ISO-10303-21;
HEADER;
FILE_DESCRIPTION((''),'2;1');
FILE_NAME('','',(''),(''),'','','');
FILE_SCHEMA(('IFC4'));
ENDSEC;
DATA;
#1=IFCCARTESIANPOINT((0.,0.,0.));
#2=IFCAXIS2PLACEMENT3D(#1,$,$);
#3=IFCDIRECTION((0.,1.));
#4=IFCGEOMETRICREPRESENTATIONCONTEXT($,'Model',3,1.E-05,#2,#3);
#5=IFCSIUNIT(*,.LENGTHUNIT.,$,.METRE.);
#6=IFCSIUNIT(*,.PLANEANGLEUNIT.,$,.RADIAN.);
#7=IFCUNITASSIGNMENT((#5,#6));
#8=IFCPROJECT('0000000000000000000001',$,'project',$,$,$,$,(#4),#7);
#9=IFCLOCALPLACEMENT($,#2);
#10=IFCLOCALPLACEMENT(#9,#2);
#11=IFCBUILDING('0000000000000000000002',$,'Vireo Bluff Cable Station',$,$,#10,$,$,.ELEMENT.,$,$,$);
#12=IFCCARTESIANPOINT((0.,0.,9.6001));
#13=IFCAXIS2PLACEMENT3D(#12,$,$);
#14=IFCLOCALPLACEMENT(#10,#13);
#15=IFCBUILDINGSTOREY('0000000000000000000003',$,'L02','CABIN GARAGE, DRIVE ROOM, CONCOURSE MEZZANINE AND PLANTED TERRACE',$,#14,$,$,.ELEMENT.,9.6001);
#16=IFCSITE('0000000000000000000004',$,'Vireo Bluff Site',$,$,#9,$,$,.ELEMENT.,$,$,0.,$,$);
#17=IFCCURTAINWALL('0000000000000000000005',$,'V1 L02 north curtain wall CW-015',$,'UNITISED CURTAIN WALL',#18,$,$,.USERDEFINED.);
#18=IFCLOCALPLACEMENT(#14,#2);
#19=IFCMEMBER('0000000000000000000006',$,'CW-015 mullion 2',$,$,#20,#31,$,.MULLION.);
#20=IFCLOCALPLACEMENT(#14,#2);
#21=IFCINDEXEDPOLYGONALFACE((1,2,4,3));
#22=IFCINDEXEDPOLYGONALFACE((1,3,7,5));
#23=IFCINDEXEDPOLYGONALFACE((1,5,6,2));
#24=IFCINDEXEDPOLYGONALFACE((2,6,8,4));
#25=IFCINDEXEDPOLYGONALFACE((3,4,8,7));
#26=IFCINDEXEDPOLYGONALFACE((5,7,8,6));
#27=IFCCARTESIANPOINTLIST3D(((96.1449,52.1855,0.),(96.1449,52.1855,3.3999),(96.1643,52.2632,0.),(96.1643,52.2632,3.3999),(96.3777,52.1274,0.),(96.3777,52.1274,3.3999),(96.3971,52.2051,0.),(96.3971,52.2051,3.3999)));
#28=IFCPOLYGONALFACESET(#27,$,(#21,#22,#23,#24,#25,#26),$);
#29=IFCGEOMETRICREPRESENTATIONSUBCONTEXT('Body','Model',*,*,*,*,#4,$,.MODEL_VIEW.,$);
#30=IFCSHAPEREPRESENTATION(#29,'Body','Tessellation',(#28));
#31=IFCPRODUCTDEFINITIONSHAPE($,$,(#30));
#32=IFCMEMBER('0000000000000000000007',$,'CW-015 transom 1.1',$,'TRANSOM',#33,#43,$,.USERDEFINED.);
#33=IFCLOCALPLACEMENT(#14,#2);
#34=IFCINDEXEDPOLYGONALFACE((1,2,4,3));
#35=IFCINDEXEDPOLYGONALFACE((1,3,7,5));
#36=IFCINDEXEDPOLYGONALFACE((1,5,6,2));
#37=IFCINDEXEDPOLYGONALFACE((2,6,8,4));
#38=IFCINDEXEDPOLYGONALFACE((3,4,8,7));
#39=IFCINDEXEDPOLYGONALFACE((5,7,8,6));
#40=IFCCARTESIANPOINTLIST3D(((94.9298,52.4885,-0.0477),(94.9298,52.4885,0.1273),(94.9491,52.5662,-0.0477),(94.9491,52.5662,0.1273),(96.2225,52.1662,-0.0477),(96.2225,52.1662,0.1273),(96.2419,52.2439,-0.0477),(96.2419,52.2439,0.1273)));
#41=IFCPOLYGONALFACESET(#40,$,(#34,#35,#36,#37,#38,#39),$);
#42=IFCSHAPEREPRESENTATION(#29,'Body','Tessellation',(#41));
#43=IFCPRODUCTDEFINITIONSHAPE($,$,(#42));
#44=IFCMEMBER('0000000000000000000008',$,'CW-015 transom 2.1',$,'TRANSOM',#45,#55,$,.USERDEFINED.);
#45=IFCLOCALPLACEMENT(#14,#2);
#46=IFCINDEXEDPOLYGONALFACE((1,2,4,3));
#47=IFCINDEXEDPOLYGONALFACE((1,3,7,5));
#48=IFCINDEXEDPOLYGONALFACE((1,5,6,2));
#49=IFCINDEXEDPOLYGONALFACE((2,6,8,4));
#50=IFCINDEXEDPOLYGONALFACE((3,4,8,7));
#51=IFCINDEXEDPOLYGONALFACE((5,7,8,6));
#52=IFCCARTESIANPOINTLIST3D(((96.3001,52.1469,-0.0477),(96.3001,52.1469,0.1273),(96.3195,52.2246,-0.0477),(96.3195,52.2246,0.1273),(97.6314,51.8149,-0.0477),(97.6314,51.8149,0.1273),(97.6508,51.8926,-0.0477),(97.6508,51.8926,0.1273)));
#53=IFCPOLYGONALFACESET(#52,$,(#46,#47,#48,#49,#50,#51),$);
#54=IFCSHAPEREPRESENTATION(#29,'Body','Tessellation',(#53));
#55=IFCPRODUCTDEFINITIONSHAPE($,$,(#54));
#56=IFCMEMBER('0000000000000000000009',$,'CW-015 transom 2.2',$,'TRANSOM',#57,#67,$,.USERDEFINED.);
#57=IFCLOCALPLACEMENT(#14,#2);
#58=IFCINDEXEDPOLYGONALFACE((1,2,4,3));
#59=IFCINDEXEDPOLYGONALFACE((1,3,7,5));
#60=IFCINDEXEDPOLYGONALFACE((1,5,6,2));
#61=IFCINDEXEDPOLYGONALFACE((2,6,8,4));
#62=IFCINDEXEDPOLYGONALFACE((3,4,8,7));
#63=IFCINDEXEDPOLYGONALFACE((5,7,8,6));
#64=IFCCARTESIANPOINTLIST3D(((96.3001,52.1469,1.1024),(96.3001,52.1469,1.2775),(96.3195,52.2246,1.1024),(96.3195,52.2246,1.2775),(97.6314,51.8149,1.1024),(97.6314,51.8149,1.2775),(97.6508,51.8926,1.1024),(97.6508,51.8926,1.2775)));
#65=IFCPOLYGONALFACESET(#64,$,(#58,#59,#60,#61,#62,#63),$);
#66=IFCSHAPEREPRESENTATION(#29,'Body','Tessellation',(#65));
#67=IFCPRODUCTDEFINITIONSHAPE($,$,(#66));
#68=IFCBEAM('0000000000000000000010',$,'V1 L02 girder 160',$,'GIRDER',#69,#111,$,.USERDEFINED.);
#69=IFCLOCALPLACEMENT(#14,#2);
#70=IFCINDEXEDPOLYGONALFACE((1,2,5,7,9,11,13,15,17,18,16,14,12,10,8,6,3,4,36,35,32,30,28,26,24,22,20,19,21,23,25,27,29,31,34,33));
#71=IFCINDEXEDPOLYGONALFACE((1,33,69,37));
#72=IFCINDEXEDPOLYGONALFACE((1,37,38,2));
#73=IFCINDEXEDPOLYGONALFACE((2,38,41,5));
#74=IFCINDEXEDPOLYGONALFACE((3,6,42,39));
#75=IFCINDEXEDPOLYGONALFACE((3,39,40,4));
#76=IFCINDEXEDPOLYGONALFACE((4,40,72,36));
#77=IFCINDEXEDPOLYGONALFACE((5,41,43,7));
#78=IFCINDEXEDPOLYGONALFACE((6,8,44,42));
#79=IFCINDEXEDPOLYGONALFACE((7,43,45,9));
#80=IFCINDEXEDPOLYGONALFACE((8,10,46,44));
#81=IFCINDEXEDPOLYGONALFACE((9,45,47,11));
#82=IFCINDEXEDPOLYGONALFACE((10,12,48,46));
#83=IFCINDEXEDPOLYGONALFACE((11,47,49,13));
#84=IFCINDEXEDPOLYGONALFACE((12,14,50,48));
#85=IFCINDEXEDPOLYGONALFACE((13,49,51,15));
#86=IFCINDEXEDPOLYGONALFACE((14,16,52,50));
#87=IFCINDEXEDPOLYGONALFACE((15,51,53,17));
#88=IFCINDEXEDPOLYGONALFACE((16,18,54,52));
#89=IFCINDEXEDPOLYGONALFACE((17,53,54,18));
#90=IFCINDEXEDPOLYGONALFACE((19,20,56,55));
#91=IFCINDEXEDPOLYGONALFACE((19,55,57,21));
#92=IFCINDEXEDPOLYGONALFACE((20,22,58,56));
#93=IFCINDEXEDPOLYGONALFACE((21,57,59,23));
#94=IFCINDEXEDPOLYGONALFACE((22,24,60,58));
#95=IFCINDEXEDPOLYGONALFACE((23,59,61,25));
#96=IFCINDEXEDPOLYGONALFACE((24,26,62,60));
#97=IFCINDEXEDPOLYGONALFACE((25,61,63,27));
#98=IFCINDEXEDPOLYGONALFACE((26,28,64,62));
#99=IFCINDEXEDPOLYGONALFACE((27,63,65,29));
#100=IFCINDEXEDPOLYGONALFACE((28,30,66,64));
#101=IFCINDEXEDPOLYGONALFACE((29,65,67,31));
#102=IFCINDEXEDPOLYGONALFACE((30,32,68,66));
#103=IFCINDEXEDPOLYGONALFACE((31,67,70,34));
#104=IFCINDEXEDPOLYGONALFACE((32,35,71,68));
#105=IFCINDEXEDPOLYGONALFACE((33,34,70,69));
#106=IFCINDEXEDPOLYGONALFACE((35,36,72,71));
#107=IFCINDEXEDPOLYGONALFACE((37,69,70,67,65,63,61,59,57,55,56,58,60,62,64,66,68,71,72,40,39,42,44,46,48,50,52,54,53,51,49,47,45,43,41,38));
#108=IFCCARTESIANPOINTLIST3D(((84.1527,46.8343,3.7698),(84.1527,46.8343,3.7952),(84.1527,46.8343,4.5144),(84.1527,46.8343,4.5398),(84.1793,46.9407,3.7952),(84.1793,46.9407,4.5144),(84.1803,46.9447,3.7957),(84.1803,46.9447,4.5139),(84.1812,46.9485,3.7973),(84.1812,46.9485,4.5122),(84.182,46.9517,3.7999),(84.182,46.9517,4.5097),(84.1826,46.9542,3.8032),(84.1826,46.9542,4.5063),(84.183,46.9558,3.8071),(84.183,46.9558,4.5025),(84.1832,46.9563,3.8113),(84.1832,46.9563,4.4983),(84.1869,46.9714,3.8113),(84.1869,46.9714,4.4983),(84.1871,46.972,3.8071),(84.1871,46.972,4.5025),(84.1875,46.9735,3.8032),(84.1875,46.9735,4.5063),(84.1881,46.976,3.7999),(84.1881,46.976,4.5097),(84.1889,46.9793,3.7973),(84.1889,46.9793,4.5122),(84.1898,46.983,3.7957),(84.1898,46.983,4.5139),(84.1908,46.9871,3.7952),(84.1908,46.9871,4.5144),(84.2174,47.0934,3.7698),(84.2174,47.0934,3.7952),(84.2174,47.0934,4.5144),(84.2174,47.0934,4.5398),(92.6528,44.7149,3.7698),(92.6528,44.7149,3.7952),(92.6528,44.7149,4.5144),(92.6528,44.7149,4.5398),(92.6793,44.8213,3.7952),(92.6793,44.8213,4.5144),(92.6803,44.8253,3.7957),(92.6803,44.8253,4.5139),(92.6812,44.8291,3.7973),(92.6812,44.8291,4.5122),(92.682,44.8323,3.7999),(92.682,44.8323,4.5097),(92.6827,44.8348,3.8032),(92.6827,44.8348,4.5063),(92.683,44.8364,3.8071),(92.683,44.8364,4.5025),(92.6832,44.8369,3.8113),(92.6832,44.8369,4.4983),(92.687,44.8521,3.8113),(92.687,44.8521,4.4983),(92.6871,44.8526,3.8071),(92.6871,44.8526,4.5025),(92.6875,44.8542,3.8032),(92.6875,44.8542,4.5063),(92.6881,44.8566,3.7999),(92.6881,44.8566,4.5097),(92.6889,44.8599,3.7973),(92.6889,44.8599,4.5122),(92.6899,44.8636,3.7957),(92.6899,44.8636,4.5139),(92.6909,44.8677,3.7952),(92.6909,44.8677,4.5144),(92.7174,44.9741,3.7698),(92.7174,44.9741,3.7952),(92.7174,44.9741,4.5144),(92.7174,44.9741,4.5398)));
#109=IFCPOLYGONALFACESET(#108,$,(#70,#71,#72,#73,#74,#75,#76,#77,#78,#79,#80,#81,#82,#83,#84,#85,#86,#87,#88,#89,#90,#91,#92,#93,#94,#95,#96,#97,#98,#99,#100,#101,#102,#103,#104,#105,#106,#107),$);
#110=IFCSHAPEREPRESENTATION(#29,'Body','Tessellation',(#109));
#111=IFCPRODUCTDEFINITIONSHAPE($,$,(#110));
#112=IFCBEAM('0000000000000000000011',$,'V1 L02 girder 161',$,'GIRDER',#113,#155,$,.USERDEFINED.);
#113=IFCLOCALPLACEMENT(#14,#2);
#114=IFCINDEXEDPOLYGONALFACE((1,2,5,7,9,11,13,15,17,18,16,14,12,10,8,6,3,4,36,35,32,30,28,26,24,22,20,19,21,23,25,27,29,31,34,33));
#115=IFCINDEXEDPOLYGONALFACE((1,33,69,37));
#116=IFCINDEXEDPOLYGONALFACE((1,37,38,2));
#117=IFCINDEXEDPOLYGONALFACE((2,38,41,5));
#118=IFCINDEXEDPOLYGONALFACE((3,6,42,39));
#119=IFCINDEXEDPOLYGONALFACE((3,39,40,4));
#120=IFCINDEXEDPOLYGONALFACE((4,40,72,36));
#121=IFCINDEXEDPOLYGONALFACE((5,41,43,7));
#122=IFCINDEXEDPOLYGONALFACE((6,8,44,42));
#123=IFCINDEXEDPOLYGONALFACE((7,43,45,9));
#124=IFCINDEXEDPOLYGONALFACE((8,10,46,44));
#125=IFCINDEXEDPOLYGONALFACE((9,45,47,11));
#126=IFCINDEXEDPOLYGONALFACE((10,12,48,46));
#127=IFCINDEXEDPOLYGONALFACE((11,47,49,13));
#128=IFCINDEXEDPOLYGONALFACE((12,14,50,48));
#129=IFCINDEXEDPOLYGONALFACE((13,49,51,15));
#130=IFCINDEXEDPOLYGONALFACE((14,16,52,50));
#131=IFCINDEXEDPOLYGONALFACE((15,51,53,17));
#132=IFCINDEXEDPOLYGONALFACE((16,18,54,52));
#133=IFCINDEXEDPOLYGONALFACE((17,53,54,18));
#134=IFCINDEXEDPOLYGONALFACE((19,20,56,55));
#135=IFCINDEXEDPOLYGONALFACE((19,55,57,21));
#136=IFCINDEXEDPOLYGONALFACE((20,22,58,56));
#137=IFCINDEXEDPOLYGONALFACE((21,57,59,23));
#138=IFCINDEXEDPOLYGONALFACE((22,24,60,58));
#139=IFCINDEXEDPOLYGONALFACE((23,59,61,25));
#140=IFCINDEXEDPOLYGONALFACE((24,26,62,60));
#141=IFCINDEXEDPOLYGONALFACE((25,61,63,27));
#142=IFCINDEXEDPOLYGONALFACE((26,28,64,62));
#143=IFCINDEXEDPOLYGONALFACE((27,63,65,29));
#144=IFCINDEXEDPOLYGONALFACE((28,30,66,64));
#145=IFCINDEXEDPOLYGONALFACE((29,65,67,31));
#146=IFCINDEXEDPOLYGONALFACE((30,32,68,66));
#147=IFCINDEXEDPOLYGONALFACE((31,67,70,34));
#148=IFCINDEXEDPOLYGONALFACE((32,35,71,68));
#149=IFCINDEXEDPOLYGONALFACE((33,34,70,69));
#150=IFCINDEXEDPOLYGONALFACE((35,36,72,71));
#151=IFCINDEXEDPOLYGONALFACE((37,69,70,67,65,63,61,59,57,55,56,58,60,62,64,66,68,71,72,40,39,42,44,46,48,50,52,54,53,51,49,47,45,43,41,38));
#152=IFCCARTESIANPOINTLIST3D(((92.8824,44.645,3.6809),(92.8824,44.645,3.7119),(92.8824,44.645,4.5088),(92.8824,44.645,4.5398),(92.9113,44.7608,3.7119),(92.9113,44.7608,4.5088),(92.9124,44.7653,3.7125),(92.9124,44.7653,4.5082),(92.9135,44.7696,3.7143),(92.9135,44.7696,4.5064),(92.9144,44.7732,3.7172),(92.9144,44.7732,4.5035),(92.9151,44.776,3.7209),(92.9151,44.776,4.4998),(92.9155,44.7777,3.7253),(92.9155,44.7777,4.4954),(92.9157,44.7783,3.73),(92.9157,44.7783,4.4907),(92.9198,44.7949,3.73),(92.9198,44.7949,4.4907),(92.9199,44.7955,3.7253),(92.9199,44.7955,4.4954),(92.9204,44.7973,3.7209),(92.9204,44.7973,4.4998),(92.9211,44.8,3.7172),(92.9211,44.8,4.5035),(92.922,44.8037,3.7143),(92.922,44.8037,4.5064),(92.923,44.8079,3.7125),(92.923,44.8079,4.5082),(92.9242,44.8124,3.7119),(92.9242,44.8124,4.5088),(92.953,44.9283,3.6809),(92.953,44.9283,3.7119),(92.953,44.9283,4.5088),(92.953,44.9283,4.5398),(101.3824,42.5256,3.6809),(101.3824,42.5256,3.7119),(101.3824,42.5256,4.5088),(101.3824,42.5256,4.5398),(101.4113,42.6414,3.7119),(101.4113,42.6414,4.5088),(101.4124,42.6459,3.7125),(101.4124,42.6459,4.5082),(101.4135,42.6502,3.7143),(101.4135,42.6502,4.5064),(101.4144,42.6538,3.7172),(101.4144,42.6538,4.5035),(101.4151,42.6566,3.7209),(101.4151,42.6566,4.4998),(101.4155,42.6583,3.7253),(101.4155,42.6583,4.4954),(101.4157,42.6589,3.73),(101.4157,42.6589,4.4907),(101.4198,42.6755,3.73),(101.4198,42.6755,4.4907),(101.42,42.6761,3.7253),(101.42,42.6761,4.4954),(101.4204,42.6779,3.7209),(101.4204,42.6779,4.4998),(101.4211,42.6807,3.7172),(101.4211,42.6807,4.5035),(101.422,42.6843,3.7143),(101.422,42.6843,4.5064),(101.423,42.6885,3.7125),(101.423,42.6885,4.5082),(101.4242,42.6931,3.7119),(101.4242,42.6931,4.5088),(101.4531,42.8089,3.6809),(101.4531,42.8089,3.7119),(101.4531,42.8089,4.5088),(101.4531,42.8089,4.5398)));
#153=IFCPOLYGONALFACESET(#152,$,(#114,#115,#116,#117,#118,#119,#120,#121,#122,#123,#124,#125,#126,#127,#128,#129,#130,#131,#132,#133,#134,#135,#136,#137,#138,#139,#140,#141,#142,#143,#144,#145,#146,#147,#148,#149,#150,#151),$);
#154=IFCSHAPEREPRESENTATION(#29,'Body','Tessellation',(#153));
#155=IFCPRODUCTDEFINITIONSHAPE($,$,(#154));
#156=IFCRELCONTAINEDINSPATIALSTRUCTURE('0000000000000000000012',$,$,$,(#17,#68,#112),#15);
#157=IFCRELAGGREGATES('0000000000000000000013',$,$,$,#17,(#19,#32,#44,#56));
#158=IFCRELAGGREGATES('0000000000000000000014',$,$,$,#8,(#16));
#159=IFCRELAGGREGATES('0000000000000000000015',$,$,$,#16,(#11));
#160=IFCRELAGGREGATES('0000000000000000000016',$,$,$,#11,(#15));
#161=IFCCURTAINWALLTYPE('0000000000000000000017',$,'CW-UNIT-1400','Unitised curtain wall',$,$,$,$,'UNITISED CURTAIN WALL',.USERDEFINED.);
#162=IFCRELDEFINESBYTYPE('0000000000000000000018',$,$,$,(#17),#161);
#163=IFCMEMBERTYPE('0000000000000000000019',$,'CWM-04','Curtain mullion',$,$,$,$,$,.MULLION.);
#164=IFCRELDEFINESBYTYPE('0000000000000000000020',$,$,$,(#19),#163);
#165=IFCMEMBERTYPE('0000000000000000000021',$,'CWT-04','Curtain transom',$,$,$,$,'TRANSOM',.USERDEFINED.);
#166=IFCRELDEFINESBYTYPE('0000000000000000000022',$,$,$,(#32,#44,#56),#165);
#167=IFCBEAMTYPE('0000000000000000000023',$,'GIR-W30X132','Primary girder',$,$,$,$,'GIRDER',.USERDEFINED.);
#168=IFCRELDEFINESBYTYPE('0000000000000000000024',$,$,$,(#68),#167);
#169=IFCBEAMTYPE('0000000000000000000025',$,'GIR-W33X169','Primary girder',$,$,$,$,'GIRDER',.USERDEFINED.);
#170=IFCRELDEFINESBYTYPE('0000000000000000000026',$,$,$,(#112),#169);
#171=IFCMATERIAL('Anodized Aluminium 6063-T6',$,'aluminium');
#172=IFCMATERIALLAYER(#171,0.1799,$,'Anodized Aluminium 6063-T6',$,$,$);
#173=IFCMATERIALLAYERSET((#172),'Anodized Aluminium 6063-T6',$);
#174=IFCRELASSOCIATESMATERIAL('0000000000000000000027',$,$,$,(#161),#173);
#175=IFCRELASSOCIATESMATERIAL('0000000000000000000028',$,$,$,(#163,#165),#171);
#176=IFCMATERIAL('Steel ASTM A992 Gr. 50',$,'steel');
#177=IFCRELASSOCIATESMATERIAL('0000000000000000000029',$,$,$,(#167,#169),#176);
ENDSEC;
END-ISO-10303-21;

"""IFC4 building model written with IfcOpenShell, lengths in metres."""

from ifc_helpers import new_model, si_unit, direction, frame, origin, origin_2d, place, context, subcontext, project, spatial, rectangle, i_section, extrude, material, layer, layer_set, material_profile, profile_set, type_object, element, aggregate, save


model = new_model("IFC4")

# Units and contexts
model_context = context("Model", 3, precision=1e-05, world=origin(), true_north=direction((0.0, 1.0)))
body_context = subcontext(model_context, "Body", "Model", "MODEL_VIEW")
ifc_project = project(units=[si_unit("LENGTHUNIT", "METRE"), si_unit("PLANEANGLEUNIT", "RADIAN")], contexts=[model_context])

# Site, building, storey
site_placement = place(None, origin())
site = spatial("IfcSite", under=ifc_project, at=site_placement, Name="Vireo Bluff Site", CompositionType="ELEMENT", RefElevation=0.0)
building_placement = place(site_placement, origin())
building = spatial("IfcBuilding", under=site, at=building_placement, Name="Vireo Bluff Cable Station", CompositionType="ELEMENT")
storey_placement = place(building_placement, frame((0.0, 0.0, 9.6001)))
storey = spatial("IfcBuildingStorey", under=building, at=storey_placement, Name="L02", Description="CABIN GARAGE, DRIVE ROOM, CONCOURSE MEZZANINE AND PLANTED TERRACE", CompositionType="ELEMENT", Elevation=9.6001)

# Shared definitions
ifc_material_1 = material(Name="Steel ASTM A992 Gr. 50", Category="steel")

# Curtain wall, members
ifc_material_2 = material(Name="Anodized Aluminium 6063-T6", Category="aluminium")
ifc_layer_1 = layer(ifc_material_2, 0.1799, Name="Anodized Aluminium 6063-T6")
ifc_layer_set_1 = layer_set([ifc_layer_1], Name="Anodized Aluminium 6063-T6")
curtain_wall_type = type_object("IfcCurtainWallType", Name="CW-UNIT-1400", Description="Unitised curtain wall", ElementType="UNITISED CURTAIN WALL", PredefinedType="USERDEFINED", material=ifc_layer_set_1)
curtain_wall_placement = place(storey_placement, origin())
curtain_wall = element("IfcCurtainWall", 1, at=curtain_wall_placement, inside=storey, type_object=curtain_wall_type, Name="V1 L02 north curtain wall CW-015", ObjectType="UNITISED CURTAIN WALL", PredefinedType="USERDEFINED")
ifc_material_profile_1 = material_profile(ifc_material_2, rectangle(XDim=0.0801, YDim=0.24, at=origin_2d()), Name="ALU-M-80X240")
ifc_profile_set_1 = profile_set([ifc_material_profile_1], Name="Anodized Aluminium 6063-T6")
member_type_1 = type_object("IfcMemberType", Name="CWM-04", Description="Curtain mullion", PredefinedType="MULLION", material=ifc_profile_set_1)
member_1_placement = place(storey_placement, frame((96.271, 52.1953, 0.0), z_axis=(0.0, 0.0, 1.0), x_axis=(0.241922, 0.970296, 0.0)))
member_1 = element("IfcMember", 2, at=member_1_placement, type_object=member_type_1, Name="CW-015 mullion 2", PredefinedType="MULLION", context=body_context, shape_type="SweptSolid", body=[
    extrude(rectangle(XDim=0.0801, YDim=0.24, at=origin_2d()), origin(), (0.0, 0.0, 1.0), 3.3999),
])
ifc_material_profile_2 = material_profile(ifc_material_2, rectangle(XDim=0.0801, YDim=0.175, at=origin_2d()), Name="ALU-T-80X175")
ifc_profile_set_2 = profile_set([ifc_material_profile_2], Name="Anodized Aluminium 6063-T6")
member_type_2 = type_object("IfcMemberType", Name="CWT-04", Description="Curtain transom", ElementType="TRANSOM", PredefinedType="USERDEFINED", material=ifc_profile_set_2)
member_2_placement = place(storey_placement, frame((94.9395, 52.5273, 0.0398), z_axis=(0.970304, -0.241889, 0.0), x_axis=(0.241889, 0.970304, 0.0)))
member_2 = element("IfcMember", 3, at=member_2_placement, type_object=member_type_2, Name="CW-015 transom 1.1", ObjectType="TRANSOM", PredefinedType="USERDEFINED", context=body_context, shape_type="SweptSolid", body=[
    extrude(rectangle(XDim=0.0801, YDim=0.175, at=origin_2d()), origin(), (0.0, 0.0, 1.0), 1.3323),
])
member_3_placement = place(storey_placement, frame((96.3098, 52.1858, 0.0398), z_axis=(0.970278, -0.241991, 0.0), x_axis=(0.241991, 0.970278, 0.0)))
member_3 = element("IfcMember", 4, at=member_3_placement, type_object=member_type_2, Name="CW-015 transom 2.1", ObjectType="TRANSOM", PredefinedType="USERDEFINED", context=body_context, shape_type="SweptSolid", body=[
    extrude(rectangle(XDim=0.0801, YDim=0.175, at=origin_2d()), origin(), (0.0, 0.0, 1.0), 1.3721),
])
member_4_placement = place(storey_placement, frame((96.3098, 52.1858, 1.1899), z_axis=(0.970278, -0.241991, 0.0), x_axis=(0.241991, 0.970278, 0.0)))
member_4 = element("IfcMember", 5, at=member_4_placement, type_object=member_type_2, Name="CW-015 transom 2.2", ObjectType="TRANSOM", PredefinedType="USERDEFINED", context=body_context, shape_type="SweptSolid", body=[
    extrude(rectangle(XDim=0.0801, YDim=0.175, at=origin_2d()), origin(), (0.0, 0.0, 1.0), 1.3721),
])

# Beams
ifc_material_profile_3 = material_profile(ifc_material_1, i_section(OverallWidth=0.2671, OverallDepth=0.77, WebThickness=0.0156, FlangeThickness=0.0254, FilletRadius=0.0161, at=origin_2d()), Name="W30X132")
ifc_profile_set_3 = profile_set([ifc_material_profile_3], Name="Steel ASTM A992 Gr. 50")
beam_type_1 = type_object("IfcBeamType", Name="GIR-W30X132", Description="Primary girder", ElementType="GIRDER", PredefinedType="USERDEFINED", material=ifc_profile_set_3)
beam_1_placement = place(storey_placement, frame((84.1851, 46.9639, 4.1548), z_axis=(0.970293, -0.241932, 0.0), x_axis=(0.241932, 0.970293, 0.0)))
element("IfcBeam", 6, at=beam_1_placement, inside=storey, type_object=beam_type_1, Name="V1 L02 girder 160", ObjectType="GIRDER", PredefinedType="USERDEFINED", context=body_context, shape_type="SweptSolid", body=[
    extrude(i_section(OverallWidth=0.2671, OverallDepth=0.77, WebThickness=0.0156, FlangeThickness=0.0254, FilletRadius=0.0161, at=origin_2d()), origin(), (0.0, 0.0, 1.0), 8.7603),
])
ifc_material_profile_4 = material_profile(ifc_material_1, i_section(OverallWidth=0.292, OverallDepth=0.8589, WebThickness=0.0171, FlangeThickness=0.031, FilletRadius=0.0181, at=origin_2d()), Name="W33X169")
ifc_profile_set_4 = profile_set([ifc_material_profile_4], Name="Steel ASTM A992 Gr. 50")
beam_type_2 = type_object("IfcBeamType", Name="GIR-W33X169", Description="Primary girder", ElementType="GIRDER", PredefinedType="USERDEFINED", material=ifc_profile_set_4)
beam_2_placement = place(storey_placement, frame((92.9177, 44.7866, 4.1104), z_axis=(0.970293, -0.241932, 0.0), x_axis=(0.241932, 0.970293, 0.0)))
element("IfcBeam", 7, at=beam_2_placement, inside=storey, type_object=beam_type_2, Name="V1 L02 girder 161", ObjectType="GIRDER", PredefinedType="USERDEFINED", context=body_context, shape_type="SweptSolid", body=[
    extrude(i_section(OverallWidth=0.292, OverallDepth=0.8589, WebThickness=0.0171, FlangeThickness=0.031, FilletRadius=0.0181, at=origin_2d()), origin(), (0.0, 0.0, 1.0), 8.7603),
])

aggregate(curtain_wall, [member_1, member_2, member_3, member_4])

save(model, "model.ifc")
